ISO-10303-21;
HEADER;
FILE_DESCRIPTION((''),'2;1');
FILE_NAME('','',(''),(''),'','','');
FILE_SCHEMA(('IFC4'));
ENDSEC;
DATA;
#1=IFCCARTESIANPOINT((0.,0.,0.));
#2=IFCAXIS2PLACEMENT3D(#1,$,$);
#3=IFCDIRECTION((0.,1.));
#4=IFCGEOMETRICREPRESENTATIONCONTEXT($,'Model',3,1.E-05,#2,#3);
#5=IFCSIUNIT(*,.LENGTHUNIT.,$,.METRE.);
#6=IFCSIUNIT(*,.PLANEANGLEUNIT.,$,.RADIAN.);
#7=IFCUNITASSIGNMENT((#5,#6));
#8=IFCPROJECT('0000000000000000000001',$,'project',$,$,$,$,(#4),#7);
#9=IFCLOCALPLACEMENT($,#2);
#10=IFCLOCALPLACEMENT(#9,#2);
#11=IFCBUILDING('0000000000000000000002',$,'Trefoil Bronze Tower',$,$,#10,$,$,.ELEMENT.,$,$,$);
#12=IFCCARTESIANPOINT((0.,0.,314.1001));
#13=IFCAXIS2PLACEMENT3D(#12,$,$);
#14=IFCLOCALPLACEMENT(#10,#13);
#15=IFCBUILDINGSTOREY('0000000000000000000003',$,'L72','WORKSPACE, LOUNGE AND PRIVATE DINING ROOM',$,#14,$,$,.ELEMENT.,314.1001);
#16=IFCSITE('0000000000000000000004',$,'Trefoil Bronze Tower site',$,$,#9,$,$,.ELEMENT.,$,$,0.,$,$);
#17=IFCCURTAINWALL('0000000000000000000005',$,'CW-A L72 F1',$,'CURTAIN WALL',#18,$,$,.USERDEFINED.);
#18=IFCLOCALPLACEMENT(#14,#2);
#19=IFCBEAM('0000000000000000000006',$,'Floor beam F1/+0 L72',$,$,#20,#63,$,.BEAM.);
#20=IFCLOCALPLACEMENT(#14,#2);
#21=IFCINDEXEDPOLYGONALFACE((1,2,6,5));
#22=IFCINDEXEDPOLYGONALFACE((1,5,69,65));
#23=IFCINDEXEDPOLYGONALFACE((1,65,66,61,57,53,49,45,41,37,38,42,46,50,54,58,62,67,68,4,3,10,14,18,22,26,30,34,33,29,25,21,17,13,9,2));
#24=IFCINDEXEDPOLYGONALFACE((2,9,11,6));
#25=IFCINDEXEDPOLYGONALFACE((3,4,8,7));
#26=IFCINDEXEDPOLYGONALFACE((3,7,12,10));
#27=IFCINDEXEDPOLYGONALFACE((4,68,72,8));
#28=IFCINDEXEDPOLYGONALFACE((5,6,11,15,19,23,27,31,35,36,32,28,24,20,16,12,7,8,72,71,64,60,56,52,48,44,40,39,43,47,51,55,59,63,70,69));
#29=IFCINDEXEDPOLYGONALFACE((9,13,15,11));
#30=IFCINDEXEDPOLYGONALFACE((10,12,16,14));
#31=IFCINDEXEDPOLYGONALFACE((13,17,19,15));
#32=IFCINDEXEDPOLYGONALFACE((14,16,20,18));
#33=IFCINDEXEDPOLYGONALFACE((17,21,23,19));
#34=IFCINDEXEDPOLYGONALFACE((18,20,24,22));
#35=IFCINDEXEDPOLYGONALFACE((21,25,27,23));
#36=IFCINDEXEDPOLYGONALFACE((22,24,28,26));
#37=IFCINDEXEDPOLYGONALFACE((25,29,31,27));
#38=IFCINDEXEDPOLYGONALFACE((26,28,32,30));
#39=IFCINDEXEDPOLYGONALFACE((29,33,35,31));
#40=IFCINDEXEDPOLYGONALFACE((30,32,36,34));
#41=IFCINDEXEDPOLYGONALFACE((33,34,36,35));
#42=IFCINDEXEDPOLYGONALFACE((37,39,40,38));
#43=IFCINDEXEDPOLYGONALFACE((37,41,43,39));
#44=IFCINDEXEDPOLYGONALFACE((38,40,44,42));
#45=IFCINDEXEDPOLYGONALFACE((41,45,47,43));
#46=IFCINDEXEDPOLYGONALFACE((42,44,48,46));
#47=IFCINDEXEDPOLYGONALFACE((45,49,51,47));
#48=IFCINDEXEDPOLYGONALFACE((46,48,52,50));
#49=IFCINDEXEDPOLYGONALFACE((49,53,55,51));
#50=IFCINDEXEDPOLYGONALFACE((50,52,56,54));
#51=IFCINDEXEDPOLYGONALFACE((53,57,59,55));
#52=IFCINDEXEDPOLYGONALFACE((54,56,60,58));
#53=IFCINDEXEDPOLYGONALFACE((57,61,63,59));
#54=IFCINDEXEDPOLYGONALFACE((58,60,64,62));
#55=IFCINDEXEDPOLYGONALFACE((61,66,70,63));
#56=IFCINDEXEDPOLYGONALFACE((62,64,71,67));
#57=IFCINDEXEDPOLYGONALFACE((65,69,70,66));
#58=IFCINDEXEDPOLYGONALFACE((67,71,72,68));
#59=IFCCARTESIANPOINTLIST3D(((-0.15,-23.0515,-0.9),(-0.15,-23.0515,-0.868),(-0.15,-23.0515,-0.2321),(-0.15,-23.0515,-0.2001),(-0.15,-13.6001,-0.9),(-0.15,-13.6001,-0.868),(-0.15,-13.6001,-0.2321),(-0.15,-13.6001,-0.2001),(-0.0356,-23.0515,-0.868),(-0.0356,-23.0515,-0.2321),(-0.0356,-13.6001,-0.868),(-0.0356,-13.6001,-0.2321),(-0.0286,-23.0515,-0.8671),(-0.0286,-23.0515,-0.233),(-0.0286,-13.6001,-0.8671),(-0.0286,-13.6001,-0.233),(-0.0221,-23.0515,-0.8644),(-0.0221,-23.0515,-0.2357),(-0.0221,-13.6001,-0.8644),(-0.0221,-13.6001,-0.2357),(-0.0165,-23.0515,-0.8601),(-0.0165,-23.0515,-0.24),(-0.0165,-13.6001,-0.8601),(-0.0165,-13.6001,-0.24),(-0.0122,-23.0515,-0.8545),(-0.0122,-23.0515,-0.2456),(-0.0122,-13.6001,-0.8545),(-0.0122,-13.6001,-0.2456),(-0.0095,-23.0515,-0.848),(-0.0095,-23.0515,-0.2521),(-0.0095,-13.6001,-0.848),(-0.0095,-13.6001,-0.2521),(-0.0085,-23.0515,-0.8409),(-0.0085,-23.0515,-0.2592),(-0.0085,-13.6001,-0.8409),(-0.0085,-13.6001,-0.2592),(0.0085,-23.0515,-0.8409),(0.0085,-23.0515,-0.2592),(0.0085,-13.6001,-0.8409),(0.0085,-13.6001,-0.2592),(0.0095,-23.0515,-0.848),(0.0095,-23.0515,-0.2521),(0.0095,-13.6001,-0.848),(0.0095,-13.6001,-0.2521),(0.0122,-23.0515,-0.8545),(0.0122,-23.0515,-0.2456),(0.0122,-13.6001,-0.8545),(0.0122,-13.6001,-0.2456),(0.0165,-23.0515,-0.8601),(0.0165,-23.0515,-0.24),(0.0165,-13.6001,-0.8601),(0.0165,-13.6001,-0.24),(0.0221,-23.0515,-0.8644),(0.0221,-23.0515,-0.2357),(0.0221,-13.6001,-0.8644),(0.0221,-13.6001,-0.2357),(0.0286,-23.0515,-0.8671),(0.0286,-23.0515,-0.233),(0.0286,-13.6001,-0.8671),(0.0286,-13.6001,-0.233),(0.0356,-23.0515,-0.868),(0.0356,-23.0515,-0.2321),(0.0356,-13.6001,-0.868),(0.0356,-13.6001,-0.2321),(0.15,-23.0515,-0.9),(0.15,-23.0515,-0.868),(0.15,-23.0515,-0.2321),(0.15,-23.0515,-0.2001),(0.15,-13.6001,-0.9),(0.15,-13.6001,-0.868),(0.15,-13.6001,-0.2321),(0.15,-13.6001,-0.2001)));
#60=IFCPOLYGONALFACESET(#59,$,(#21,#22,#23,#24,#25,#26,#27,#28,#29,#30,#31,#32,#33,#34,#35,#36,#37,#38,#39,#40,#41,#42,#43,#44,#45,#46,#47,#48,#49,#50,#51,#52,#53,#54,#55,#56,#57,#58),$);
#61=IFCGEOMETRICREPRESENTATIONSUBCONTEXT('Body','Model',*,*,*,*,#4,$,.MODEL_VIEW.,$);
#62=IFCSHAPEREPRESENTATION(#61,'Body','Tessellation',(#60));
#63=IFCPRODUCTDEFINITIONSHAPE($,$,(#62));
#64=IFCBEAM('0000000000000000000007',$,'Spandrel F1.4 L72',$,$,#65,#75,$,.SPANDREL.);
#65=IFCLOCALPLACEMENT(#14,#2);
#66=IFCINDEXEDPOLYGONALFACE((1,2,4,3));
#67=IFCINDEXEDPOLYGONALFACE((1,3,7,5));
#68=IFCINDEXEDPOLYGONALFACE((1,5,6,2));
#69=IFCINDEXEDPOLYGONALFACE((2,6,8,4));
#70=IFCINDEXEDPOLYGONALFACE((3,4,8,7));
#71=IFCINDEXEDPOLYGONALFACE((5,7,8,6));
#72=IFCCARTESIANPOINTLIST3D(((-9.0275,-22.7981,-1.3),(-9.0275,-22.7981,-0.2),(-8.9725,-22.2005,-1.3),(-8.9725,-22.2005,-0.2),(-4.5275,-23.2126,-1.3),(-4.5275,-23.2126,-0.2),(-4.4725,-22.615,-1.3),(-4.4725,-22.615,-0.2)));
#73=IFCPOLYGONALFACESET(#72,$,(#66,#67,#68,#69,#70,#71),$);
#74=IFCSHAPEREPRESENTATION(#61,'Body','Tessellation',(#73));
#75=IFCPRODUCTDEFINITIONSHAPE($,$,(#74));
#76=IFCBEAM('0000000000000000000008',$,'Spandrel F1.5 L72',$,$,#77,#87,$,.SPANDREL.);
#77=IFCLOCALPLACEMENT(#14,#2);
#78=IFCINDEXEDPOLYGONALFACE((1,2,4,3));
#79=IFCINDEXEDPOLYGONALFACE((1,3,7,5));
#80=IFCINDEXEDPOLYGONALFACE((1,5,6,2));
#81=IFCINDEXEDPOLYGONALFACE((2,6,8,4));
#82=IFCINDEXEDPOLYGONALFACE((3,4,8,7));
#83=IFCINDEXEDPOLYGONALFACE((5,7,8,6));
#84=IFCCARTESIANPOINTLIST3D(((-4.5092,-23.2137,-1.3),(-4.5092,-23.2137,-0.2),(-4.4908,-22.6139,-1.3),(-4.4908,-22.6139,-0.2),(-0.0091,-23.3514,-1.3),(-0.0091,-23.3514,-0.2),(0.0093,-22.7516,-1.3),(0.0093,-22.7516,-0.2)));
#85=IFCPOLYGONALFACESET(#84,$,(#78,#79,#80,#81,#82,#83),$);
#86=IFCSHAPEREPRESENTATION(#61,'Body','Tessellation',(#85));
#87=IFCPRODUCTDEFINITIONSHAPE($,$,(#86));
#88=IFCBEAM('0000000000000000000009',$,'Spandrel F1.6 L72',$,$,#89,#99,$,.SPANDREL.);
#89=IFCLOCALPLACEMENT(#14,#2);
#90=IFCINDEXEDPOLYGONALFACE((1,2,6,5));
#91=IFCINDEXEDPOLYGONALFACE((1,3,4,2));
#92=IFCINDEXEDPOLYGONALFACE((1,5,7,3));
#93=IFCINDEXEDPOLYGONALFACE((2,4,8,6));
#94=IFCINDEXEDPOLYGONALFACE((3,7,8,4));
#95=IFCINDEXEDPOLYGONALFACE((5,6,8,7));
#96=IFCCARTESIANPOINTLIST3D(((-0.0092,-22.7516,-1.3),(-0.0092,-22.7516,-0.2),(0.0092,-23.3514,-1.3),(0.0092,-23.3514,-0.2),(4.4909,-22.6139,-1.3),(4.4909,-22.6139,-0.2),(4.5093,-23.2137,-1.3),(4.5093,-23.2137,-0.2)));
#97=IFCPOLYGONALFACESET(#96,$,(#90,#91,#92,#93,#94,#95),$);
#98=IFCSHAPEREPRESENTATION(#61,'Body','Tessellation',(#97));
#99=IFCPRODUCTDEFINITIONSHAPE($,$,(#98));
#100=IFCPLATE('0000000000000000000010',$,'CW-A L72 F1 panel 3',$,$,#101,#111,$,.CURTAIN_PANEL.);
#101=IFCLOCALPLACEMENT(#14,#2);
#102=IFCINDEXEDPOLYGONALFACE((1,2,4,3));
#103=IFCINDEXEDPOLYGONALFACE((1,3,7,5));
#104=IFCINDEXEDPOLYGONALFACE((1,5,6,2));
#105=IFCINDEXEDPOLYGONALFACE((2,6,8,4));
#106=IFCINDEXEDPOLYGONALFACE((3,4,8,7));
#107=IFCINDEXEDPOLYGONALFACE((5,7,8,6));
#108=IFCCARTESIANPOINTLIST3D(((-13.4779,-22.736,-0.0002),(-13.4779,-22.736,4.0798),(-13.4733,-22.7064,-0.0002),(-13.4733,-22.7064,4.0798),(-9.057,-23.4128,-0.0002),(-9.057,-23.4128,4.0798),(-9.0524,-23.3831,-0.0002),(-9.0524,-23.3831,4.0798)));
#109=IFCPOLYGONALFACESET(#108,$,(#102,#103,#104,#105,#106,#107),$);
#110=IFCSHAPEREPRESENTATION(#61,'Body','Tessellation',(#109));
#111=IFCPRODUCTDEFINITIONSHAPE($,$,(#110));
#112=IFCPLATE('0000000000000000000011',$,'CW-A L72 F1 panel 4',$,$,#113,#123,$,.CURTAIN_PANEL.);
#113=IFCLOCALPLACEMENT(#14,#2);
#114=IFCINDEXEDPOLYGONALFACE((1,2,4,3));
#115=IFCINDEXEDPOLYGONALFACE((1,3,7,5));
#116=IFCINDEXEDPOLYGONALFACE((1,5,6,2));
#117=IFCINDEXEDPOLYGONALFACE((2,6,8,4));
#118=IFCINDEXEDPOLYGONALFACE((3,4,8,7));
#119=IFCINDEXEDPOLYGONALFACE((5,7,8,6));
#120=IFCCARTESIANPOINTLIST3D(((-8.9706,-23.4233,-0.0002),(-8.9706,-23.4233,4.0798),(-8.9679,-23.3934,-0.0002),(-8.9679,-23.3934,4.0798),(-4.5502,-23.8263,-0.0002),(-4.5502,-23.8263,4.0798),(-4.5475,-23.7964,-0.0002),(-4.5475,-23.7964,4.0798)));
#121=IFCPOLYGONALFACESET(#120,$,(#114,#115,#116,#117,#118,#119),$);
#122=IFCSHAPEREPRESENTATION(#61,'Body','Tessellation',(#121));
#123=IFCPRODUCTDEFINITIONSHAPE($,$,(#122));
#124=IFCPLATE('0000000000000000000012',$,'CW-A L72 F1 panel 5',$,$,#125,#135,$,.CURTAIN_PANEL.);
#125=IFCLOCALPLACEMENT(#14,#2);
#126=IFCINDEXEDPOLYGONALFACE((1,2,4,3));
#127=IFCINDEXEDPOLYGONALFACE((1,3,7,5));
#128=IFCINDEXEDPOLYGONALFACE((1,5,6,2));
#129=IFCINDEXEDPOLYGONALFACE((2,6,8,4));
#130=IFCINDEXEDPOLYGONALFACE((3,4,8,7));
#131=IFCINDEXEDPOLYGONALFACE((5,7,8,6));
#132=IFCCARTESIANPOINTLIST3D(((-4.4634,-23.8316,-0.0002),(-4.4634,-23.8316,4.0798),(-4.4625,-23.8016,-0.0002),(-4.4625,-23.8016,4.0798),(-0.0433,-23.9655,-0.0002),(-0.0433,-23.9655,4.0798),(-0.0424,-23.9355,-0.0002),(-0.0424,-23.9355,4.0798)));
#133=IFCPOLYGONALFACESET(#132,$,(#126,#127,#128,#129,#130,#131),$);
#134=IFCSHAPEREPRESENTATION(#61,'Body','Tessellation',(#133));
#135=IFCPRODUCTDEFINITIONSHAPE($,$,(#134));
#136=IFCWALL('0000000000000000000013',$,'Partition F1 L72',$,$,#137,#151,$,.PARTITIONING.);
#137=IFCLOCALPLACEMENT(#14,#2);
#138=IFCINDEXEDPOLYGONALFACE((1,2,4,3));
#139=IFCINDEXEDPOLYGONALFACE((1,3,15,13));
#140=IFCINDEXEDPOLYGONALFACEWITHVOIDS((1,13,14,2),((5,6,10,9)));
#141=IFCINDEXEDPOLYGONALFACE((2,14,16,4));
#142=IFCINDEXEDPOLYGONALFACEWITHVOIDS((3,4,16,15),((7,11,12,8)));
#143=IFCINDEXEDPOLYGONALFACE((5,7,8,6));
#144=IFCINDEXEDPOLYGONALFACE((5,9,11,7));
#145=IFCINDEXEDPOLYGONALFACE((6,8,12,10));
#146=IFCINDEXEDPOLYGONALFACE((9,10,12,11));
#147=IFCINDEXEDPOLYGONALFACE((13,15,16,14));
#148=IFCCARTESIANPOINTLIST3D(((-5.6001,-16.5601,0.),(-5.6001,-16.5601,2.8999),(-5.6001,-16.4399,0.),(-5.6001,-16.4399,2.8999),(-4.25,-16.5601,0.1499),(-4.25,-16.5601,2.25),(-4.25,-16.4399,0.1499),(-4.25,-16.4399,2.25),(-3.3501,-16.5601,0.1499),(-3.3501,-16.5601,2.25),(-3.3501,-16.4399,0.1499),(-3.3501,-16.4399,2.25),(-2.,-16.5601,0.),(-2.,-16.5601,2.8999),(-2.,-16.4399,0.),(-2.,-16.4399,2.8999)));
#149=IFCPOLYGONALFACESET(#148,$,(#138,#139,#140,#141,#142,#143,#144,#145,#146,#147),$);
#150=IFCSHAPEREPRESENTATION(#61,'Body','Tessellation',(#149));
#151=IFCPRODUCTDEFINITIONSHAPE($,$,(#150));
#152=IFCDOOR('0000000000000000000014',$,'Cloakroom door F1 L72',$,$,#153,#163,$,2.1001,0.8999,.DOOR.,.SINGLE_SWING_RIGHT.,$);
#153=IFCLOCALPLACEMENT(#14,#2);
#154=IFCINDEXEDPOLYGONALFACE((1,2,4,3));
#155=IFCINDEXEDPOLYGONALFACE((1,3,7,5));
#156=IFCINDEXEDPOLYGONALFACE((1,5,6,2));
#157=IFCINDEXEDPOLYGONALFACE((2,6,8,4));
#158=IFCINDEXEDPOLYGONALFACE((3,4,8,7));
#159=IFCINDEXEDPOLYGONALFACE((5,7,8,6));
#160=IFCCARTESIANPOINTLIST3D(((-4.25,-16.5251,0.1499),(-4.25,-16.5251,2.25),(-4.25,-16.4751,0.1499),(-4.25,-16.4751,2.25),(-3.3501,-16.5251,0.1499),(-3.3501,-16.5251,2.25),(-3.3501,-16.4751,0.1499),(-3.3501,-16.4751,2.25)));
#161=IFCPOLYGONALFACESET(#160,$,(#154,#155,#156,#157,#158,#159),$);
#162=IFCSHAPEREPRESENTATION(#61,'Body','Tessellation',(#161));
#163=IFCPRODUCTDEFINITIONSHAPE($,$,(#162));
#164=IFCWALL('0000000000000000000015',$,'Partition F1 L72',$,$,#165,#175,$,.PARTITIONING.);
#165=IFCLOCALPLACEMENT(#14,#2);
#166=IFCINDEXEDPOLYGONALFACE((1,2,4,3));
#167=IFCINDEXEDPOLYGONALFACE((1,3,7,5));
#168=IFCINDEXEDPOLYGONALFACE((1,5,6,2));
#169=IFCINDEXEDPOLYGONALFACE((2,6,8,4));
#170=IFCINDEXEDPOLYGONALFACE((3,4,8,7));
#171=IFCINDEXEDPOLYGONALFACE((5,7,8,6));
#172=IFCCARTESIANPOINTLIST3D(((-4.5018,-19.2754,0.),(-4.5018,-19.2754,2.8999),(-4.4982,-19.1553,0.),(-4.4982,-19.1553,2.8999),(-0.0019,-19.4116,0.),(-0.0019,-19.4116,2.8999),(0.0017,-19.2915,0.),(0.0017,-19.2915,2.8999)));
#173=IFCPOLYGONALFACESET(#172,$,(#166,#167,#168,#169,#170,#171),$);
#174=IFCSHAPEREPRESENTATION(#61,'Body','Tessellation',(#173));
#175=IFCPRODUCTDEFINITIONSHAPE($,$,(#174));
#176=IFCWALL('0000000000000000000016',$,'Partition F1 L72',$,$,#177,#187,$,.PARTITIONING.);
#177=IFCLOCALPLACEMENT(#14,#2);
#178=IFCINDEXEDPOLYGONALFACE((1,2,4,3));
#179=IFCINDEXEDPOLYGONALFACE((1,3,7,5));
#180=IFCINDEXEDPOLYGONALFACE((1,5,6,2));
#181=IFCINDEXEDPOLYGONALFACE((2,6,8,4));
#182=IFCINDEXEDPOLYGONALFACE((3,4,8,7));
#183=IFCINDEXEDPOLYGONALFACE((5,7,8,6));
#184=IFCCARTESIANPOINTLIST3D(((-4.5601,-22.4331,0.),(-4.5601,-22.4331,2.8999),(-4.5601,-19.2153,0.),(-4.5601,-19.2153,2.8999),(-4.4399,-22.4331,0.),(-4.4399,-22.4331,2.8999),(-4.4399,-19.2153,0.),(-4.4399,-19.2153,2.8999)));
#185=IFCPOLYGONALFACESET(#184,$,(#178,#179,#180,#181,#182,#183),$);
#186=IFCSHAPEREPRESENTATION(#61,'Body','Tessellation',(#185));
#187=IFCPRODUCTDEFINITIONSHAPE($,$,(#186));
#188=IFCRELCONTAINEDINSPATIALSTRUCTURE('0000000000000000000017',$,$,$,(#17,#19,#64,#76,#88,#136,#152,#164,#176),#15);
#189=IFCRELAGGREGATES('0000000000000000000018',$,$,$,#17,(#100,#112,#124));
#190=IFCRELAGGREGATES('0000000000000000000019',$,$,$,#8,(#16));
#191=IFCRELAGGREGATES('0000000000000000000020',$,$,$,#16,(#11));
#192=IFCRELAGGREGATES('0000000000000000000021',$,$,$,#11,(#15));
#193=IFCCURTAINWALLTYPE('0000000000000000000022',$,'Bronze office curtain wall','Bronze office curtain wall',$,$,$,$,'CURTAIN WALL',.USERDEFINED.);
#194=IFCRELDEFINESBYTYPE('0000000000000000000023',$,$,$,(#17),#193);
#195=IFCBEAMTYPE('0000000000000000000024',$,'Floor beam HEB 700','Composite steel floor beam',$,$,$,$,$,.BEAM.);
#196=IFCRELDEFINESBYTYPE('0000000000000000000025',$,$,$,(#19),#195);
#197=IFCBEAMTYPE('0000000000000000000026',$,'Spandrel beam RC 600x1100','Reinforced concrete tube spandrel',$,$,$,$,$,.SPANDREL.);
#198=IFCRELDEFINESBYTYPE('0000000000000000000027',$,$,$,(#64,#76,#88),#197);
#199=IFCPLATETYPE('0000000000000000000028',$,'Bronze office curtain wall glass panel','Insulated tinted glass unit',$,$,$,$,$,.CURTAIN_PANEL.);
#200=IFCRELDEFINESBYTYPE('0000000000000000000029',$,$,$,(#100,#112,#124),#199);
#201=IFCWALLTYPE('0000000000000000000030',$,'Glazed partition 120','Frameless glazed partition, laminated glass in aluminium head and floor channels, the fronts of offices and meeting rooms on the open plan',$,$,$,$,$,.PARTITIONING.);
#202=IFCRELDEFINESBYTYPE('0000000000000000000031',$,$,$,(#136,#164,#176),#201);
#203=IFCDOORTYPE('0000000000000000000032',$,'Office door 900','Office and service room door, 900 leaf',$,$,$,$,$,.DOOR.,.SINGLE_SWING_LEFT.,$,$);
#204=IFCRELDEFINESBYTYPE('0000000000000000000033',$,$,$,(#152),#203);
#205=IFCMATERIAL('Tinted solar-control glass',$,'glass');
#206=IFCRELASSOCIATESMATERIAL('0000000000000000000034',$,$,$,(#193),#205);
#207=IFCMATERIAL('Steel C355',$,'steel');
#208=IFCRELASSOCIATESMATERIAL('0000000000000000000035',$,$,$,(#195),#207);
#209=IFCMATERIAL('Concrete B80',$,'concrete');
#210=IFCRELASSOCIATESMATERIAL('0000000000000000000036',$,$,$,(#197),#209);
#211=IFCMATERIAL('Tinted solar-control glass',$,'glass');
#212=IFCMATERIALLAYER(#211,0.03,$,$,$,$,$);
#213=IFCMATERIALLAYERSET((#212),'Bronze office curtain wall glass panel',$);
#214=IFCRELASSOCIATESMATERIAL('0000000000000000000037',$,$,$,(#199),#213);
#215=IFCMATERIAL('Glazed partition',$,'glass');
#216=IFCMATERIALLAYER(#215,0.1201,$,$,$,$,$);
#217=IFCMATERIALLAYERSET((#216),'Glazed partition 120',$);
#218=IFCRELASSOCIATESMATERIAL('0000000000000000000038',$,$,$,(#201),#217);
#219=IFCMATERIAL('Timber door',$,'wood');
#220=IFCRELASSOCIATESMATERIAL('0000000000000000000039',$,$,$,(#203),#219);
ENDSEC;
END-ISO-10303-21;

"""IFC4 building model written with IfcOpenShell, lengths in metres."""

from ifc_helpers import new_model, si_unit, direction, frame, frame_2d, origin, origin_2d, place, context, subcontext, project, spatial, rectangle, i_section, extrude, material, layer, layer_set, material_profile, profile_set, type_object, element, fill, aggregate, save


model = new_model("IFC4")

# Units and contexts
model_context = context("Model", 3, precision=1e-05, world=origin(), true_north=direction((0.0, 1.0)))
body_context = subcontext(model_context, "Body", "Model", "MODEL_VIEW")
ifc_project = project(units=[si_unit("LENGTHUNIT", "METRE"), si_unit("PLANEANGLEUNIT", "RADIAN")], contexts=[model_context])

# Site, building, storey
site_placement = place(None, origin())
site = spatial("IfcSite", under=ifc_project, at=site_placement, Name="Trefoil Bronze Tower site", CompositionType="ELEMENT", RefElevation=0.0)
building_placement = place(site_placement, origin())
building = spatial("IfcBuilding", under=site, at=building_placement, Name="Trefoil Bronze Tower", CompositionType="ELEMENT")
storey_placement = place(building_placement, frame((0.0, 0.0, 314.1001)))
storey = spatial("IfcBuildingStorey", under=building, at=storey_placement, Name="L72", Description="WORKSPACE, LOUNGE AND PRIVATE DINING ROOM", CompositionType="ELEMENT", Elevation=314.1001)

# Curtain wall
ifc_material_1 = material(Name="Tinted solar-control glass", Category="glass")
curtain_wall_type = type_object("IfcCurtainWallType", Name="Bronze office curtain wall", Description="Bronze office curtain wall", ElementType="CURTAIN WALL", PredefinedType="USERDEFINED", material=ifc_material_1)
curtain_wall_placement = place(storey_placement, origin())
curtain_wall = element("IfcCurtainWall", 1, at=curtain_wall_placement, inside=storey, type_object=curtain_wall_type, Name="CW-A L72 F1", ObjectType="CURTAIN WALL", PredefinedType="USERDEFINED")

# Beams
ifc_material_2 = material(Name="Steel C355", Category="steel")
ifc_material_profile_1 = material_profile(ifc_material_2, i_section(OverallWidth=0.3, OverallDepth=0.7, WebThickness=0.0171, FlangeThickness=0.032, FilletRadius=0.0271, at=origin_2d()), Name="HEB 700")
ifc_profile_set_1 = profile_set([ifc_material_profile_1], Name="Steel C355")
beam_type_1 = type_object("IfcBeamType", Name="Floor beam HEB 700", Description="Composite steel floor beam", PredefinedType="BEAM", material=ifc_profile_set_1)
beam_1_placement = place(storey_placement, frame((0.0, -23.0515, -0.55), z_axis=(0.0, 1.0, 0.0), x_axis=(-1.0, 0.0, 0.0)))
element("IfcBeam", 2, at=beam_1_placement, inside=storey, type_object=beam_type_1, Name="Floor beam F1/+0 L72", PredefinedType="BEAM", context=body_context, shape_type="SweptSolid", body=[
    extrude(i_section(OverallWidth=0.3, OverallDepth=0.7, WebThickness=0.0171, FlangeThickness=0.032, FilletRadius=0.0271, at=origin_2d()), origin(), (0.0, 0.0, 1.0), 9.4514),
])
ifc_material_3 = material(Name="Concrete B80", Category="concrete")
ifc_material_profile_2 = material_profile(ifc_material_3, rectangle(XDim=0.6001, YDim=1.1001, at=origin_2d()), Name="RC 600x1100")
ifc_profile_set_2 = profile_set([ifc_material_profile_2], Name="Concrete B80")
beam_type_2 = type_object("IfcBeamType", Name="Spandrel beam RC 600x1100", Description="Reinforced concrete tube spandrel", PredefinedType="SPANDREL", material=ifc_profile_set_2)
beam_2_placement = place(storey_placement, frame((-9.0, -22.4993, -0.75), z_axis=(0.995784, -0.091734, 0.0), x_axis=(0.091734, 0.995784, 0.0)))
element("IfcBeam", 3, at=beam_2_placement, inside=storey, type_object=beam_type_2, Name="Spandrel F1.4 L72", PredefinedType="SPANDREL", context=body_context, shape_type="SweptSolid", body=[
    extrude(rectangle(XDim=0.6001, YDim=1.1001, at=origin_2d()), origin(), (0.0, 0.0, 1.0), 4.519),
])
for number, where, z_axis, x_axis, name in (
    (4, (-4.5, -22.9138, -0.75), (0.999532, -0.030585, 0.0), (0.030585, 0.999532, 0.0), "Spandrel F1.5 L72"),
    (5, (0.0, -23.0515, -0.75), (0.999532, 0.030585, 0.0), (-0.030585, 0.999532, 0.0), "Spandrel F1.6 L72"),
):
    element("IfcBeam", number, at=place(storey_placement, frame(where, z_axis=z_axis, x_axis=x_axis)), inside=storey, type_object=beam_type_2, Name=name, PredefinedType="SPANDREL", context=body_context, shape_type="SweptSolid", body=[
        extrude(rectangle(XDim=0.6001, YDim=1.1001, at=origin_2d()), origin(), (0.0, 0.0, 1.0), 4.5022),
    ])

# Plates
ifc_material_4 = material(Name="Tinted solar-control glass", Category="glass")
ifc_layer_1 = layer(ifc_material_4, 0.03)
ifc_layer_set_1 = layer_set([ifc_layer_1], Name="Bronze office curtain wall glass panel")
plate_type = type_object("IfcPlateType", Name="Bronze office curtain wall glass panel", Description="Insulated tinted glass unit", PredefinedType="CURTAIN_PANEL", material=ifc_layer_set_1)
plate_1_placement = place(storey_placement, frame((-11.2651, -23.0596, -0.0002), z_axis=(0.0, 0.0, 1.0), x_axis=(0.988485, -0.151317, 0.0)))
plate_1 = element("IfcPlate", 6, at=plate_1_placement, type_object=plate_type, Name="CW-A L72 F1 panel 3", PredefinedType="CURTAIN_PANEL", context=body_context, shape_type="SweptSolid", body=[
    extrude(rectangle(XDim=4.4724, YDim=0.03, at=origin_2d()), origin(), (0.0, 0.0, 1.0), 4.0801),
])
plate_2_placement = place(storey_placement, frame((-6.759, -23.6099, -0.0002), z_axis=(0.0, 0.0, 1.0), x_axis=(0.99587, -0.090789, 0.0)))
plate_2 = element("IfcPlate", 7, at=plate_2_placement, type_object=plate_type, Name="CW-A L72 F1 panel 4", PredefinedType="CURTAIN_PANEL", context=body_context, shape_type="SweptSolid", body=[
    extrude(rectangle(XDim=4.4387, YDim=0.03, at=origin_2d()), origin(), (0.0, 0.0, 1.0), 4.0801),
])
plate_3_placement = place(storey_placement, frame((-2.2529, -23.8835, -0.0002), z_axis=(0.0, 0.0, 1.0), x_axis=(0.999542, -0.030263, 0.0)))
plate_3 = element("IfcPlate", 8, at=plate_3_placement, type_object=plate_type, Name="CW-A L72 F1 panel 5", PredefinedType="CURTAIN_PANEL", context=body_context, shape_type="SweptSolid", body=[
    extrude(rectangle(XDim=4.4221, YDim=0.03, at=origin_2d()), origin(), (0.0, 0.0, 1.0), 4.0801),
])
aggregate(curtain_wall, [plate_1, plate_2, plate_3])

# Wall, opening, door
ifc_material_5 = material(Name="Glazed partition", Category="glass")
ifc_layer_2 = layer(ifc_material_5, 0.1201)
ifc_layer_set_2 = layer_set([ifc_layer_2], Name="Glazed partition 120")
wall_type_1 = type_object("IfcWallType", Name="Glazed partition 120", Description="Frameless glazed partition, laminated glass in aluminium head and floor channels, the fronts of offices and meeting rooms on the open plan", PredefinedType="PARTITIONING", material=ifc_layer_set_2)
wall_1_placement = place(storey_placement, frame((-5.6001, -16.5, 0.0), z_axis=(0.0, 0.0, 1.0), x_axis=(1.0, 0.0, 0.0)))
wall_1 = element("IfcWall", 9, at=wall_1_placement, inside=storey, type_object=wall_type_1, Name="Partition F1 L72", PredefinedType="PARTITIONING", context=body_context, shape_type="SweptSolid", body=[
    extrude(rectangle(XDim=3.6001, YDim=0.1201, at=frame_2d((1.8, 0.0))), origin(), (0.0, 0.0, 1.0), 2.8999),
])
opening_placement = place(wall_1_placement, frame((1.3501, 0.0, 0.1499)))
opening = element("IfcOpeningElement", 10, at=opening_placement, cuts=wall_1, PredefinedType="OPENING", context=body_context, shape_type="SweptSolid", body=[
    extrude(rectangle(XDim=0.8999, YDim=2.1001, at=frame_2d((0.45, 1.05))), frame((0.0, 0.0701, 0.0), z_axis=(0.0, -1.0, 0.0), x_axis=(1.0, 0.0, 0.0)), (0.0, 0.0, 1.0), 0.1401),
])
ifc_material_6 = material(Name="Timber door", Category="wood")
door_type = type_object("IfcDoorType", Name="Office door 900", Description="Office and service room door, 900 leaf", OperationType="SINGLE_SWING_LEFT", PredefinedType="DOOR", material=ifc_material_6)
door_placement = place(opening_placement, origin())
door = element("IfcDoor", 11, at=door_placement, inside=storey, type_object=door_type, Name="Cloakroom door F1 L72", OperationType="SINGLE_SWING_RIGHT", OverallHeight=2.1001, OverallWidth=0.8999, PredefinedType="DOOR", context=body_context, shape_type="SweptSolid", body=[
    extrude(rectangle(XDim=0.8999, YDim=2.1001, at=frame_2d((0.45, 1.05))), frame((0.0, 0.0249, 0.0), z_axis=(0.0, -1.0, 0.0), x_axis=(1.0, 0.0, 0.0)), (0.0, 0.0, 1.0), 0.05),
])
fill(opening, door)

# Walls
wall_2_placement = place(storey_placement, frame((-4.5, -19.2153, 0.0), z_axis=(0.0, 0.0, 1.0), x_axis=(0.999542, -0.03026, 0.0)))
element("IfcWall", 12, at=wall_2_placement, inside=storey, type_object=wall_type_1, Name="Partition F1 L72", PredefinedType="PARTITIONING", context=body_context, shape_type="SweptSolid", body=[
    extrude(rectangle(XDim=4.502, YDim=0.1201, at=frame_2d((2.251, 0.0))), origin(), (0.0, 0.0, 1.0), 2.8999),
])
wall_3_placement = place(storey_placement, frame((-4.5, -19.2153, 0.0), z_axis=(0.0, 0.0, 1.0), x_axis=(0.0, -1.0, 0.0)))
element("IfcWall", 13, at=wall_3_placement, inside=storey, type_object=wall_type_1, Name="Partition F1 L72", PredefinedType="PARTITIONING", context=body_context, shape_type="SweptSolid", body=[
    extrude(rectangle(XDim=3.2178, YDim=0.1201, at=frame_2d((1.6089, 0.0))), origin(), (0.0, 0.0, 1.0), 2.8999),
])

save(model, "model.ifc")
